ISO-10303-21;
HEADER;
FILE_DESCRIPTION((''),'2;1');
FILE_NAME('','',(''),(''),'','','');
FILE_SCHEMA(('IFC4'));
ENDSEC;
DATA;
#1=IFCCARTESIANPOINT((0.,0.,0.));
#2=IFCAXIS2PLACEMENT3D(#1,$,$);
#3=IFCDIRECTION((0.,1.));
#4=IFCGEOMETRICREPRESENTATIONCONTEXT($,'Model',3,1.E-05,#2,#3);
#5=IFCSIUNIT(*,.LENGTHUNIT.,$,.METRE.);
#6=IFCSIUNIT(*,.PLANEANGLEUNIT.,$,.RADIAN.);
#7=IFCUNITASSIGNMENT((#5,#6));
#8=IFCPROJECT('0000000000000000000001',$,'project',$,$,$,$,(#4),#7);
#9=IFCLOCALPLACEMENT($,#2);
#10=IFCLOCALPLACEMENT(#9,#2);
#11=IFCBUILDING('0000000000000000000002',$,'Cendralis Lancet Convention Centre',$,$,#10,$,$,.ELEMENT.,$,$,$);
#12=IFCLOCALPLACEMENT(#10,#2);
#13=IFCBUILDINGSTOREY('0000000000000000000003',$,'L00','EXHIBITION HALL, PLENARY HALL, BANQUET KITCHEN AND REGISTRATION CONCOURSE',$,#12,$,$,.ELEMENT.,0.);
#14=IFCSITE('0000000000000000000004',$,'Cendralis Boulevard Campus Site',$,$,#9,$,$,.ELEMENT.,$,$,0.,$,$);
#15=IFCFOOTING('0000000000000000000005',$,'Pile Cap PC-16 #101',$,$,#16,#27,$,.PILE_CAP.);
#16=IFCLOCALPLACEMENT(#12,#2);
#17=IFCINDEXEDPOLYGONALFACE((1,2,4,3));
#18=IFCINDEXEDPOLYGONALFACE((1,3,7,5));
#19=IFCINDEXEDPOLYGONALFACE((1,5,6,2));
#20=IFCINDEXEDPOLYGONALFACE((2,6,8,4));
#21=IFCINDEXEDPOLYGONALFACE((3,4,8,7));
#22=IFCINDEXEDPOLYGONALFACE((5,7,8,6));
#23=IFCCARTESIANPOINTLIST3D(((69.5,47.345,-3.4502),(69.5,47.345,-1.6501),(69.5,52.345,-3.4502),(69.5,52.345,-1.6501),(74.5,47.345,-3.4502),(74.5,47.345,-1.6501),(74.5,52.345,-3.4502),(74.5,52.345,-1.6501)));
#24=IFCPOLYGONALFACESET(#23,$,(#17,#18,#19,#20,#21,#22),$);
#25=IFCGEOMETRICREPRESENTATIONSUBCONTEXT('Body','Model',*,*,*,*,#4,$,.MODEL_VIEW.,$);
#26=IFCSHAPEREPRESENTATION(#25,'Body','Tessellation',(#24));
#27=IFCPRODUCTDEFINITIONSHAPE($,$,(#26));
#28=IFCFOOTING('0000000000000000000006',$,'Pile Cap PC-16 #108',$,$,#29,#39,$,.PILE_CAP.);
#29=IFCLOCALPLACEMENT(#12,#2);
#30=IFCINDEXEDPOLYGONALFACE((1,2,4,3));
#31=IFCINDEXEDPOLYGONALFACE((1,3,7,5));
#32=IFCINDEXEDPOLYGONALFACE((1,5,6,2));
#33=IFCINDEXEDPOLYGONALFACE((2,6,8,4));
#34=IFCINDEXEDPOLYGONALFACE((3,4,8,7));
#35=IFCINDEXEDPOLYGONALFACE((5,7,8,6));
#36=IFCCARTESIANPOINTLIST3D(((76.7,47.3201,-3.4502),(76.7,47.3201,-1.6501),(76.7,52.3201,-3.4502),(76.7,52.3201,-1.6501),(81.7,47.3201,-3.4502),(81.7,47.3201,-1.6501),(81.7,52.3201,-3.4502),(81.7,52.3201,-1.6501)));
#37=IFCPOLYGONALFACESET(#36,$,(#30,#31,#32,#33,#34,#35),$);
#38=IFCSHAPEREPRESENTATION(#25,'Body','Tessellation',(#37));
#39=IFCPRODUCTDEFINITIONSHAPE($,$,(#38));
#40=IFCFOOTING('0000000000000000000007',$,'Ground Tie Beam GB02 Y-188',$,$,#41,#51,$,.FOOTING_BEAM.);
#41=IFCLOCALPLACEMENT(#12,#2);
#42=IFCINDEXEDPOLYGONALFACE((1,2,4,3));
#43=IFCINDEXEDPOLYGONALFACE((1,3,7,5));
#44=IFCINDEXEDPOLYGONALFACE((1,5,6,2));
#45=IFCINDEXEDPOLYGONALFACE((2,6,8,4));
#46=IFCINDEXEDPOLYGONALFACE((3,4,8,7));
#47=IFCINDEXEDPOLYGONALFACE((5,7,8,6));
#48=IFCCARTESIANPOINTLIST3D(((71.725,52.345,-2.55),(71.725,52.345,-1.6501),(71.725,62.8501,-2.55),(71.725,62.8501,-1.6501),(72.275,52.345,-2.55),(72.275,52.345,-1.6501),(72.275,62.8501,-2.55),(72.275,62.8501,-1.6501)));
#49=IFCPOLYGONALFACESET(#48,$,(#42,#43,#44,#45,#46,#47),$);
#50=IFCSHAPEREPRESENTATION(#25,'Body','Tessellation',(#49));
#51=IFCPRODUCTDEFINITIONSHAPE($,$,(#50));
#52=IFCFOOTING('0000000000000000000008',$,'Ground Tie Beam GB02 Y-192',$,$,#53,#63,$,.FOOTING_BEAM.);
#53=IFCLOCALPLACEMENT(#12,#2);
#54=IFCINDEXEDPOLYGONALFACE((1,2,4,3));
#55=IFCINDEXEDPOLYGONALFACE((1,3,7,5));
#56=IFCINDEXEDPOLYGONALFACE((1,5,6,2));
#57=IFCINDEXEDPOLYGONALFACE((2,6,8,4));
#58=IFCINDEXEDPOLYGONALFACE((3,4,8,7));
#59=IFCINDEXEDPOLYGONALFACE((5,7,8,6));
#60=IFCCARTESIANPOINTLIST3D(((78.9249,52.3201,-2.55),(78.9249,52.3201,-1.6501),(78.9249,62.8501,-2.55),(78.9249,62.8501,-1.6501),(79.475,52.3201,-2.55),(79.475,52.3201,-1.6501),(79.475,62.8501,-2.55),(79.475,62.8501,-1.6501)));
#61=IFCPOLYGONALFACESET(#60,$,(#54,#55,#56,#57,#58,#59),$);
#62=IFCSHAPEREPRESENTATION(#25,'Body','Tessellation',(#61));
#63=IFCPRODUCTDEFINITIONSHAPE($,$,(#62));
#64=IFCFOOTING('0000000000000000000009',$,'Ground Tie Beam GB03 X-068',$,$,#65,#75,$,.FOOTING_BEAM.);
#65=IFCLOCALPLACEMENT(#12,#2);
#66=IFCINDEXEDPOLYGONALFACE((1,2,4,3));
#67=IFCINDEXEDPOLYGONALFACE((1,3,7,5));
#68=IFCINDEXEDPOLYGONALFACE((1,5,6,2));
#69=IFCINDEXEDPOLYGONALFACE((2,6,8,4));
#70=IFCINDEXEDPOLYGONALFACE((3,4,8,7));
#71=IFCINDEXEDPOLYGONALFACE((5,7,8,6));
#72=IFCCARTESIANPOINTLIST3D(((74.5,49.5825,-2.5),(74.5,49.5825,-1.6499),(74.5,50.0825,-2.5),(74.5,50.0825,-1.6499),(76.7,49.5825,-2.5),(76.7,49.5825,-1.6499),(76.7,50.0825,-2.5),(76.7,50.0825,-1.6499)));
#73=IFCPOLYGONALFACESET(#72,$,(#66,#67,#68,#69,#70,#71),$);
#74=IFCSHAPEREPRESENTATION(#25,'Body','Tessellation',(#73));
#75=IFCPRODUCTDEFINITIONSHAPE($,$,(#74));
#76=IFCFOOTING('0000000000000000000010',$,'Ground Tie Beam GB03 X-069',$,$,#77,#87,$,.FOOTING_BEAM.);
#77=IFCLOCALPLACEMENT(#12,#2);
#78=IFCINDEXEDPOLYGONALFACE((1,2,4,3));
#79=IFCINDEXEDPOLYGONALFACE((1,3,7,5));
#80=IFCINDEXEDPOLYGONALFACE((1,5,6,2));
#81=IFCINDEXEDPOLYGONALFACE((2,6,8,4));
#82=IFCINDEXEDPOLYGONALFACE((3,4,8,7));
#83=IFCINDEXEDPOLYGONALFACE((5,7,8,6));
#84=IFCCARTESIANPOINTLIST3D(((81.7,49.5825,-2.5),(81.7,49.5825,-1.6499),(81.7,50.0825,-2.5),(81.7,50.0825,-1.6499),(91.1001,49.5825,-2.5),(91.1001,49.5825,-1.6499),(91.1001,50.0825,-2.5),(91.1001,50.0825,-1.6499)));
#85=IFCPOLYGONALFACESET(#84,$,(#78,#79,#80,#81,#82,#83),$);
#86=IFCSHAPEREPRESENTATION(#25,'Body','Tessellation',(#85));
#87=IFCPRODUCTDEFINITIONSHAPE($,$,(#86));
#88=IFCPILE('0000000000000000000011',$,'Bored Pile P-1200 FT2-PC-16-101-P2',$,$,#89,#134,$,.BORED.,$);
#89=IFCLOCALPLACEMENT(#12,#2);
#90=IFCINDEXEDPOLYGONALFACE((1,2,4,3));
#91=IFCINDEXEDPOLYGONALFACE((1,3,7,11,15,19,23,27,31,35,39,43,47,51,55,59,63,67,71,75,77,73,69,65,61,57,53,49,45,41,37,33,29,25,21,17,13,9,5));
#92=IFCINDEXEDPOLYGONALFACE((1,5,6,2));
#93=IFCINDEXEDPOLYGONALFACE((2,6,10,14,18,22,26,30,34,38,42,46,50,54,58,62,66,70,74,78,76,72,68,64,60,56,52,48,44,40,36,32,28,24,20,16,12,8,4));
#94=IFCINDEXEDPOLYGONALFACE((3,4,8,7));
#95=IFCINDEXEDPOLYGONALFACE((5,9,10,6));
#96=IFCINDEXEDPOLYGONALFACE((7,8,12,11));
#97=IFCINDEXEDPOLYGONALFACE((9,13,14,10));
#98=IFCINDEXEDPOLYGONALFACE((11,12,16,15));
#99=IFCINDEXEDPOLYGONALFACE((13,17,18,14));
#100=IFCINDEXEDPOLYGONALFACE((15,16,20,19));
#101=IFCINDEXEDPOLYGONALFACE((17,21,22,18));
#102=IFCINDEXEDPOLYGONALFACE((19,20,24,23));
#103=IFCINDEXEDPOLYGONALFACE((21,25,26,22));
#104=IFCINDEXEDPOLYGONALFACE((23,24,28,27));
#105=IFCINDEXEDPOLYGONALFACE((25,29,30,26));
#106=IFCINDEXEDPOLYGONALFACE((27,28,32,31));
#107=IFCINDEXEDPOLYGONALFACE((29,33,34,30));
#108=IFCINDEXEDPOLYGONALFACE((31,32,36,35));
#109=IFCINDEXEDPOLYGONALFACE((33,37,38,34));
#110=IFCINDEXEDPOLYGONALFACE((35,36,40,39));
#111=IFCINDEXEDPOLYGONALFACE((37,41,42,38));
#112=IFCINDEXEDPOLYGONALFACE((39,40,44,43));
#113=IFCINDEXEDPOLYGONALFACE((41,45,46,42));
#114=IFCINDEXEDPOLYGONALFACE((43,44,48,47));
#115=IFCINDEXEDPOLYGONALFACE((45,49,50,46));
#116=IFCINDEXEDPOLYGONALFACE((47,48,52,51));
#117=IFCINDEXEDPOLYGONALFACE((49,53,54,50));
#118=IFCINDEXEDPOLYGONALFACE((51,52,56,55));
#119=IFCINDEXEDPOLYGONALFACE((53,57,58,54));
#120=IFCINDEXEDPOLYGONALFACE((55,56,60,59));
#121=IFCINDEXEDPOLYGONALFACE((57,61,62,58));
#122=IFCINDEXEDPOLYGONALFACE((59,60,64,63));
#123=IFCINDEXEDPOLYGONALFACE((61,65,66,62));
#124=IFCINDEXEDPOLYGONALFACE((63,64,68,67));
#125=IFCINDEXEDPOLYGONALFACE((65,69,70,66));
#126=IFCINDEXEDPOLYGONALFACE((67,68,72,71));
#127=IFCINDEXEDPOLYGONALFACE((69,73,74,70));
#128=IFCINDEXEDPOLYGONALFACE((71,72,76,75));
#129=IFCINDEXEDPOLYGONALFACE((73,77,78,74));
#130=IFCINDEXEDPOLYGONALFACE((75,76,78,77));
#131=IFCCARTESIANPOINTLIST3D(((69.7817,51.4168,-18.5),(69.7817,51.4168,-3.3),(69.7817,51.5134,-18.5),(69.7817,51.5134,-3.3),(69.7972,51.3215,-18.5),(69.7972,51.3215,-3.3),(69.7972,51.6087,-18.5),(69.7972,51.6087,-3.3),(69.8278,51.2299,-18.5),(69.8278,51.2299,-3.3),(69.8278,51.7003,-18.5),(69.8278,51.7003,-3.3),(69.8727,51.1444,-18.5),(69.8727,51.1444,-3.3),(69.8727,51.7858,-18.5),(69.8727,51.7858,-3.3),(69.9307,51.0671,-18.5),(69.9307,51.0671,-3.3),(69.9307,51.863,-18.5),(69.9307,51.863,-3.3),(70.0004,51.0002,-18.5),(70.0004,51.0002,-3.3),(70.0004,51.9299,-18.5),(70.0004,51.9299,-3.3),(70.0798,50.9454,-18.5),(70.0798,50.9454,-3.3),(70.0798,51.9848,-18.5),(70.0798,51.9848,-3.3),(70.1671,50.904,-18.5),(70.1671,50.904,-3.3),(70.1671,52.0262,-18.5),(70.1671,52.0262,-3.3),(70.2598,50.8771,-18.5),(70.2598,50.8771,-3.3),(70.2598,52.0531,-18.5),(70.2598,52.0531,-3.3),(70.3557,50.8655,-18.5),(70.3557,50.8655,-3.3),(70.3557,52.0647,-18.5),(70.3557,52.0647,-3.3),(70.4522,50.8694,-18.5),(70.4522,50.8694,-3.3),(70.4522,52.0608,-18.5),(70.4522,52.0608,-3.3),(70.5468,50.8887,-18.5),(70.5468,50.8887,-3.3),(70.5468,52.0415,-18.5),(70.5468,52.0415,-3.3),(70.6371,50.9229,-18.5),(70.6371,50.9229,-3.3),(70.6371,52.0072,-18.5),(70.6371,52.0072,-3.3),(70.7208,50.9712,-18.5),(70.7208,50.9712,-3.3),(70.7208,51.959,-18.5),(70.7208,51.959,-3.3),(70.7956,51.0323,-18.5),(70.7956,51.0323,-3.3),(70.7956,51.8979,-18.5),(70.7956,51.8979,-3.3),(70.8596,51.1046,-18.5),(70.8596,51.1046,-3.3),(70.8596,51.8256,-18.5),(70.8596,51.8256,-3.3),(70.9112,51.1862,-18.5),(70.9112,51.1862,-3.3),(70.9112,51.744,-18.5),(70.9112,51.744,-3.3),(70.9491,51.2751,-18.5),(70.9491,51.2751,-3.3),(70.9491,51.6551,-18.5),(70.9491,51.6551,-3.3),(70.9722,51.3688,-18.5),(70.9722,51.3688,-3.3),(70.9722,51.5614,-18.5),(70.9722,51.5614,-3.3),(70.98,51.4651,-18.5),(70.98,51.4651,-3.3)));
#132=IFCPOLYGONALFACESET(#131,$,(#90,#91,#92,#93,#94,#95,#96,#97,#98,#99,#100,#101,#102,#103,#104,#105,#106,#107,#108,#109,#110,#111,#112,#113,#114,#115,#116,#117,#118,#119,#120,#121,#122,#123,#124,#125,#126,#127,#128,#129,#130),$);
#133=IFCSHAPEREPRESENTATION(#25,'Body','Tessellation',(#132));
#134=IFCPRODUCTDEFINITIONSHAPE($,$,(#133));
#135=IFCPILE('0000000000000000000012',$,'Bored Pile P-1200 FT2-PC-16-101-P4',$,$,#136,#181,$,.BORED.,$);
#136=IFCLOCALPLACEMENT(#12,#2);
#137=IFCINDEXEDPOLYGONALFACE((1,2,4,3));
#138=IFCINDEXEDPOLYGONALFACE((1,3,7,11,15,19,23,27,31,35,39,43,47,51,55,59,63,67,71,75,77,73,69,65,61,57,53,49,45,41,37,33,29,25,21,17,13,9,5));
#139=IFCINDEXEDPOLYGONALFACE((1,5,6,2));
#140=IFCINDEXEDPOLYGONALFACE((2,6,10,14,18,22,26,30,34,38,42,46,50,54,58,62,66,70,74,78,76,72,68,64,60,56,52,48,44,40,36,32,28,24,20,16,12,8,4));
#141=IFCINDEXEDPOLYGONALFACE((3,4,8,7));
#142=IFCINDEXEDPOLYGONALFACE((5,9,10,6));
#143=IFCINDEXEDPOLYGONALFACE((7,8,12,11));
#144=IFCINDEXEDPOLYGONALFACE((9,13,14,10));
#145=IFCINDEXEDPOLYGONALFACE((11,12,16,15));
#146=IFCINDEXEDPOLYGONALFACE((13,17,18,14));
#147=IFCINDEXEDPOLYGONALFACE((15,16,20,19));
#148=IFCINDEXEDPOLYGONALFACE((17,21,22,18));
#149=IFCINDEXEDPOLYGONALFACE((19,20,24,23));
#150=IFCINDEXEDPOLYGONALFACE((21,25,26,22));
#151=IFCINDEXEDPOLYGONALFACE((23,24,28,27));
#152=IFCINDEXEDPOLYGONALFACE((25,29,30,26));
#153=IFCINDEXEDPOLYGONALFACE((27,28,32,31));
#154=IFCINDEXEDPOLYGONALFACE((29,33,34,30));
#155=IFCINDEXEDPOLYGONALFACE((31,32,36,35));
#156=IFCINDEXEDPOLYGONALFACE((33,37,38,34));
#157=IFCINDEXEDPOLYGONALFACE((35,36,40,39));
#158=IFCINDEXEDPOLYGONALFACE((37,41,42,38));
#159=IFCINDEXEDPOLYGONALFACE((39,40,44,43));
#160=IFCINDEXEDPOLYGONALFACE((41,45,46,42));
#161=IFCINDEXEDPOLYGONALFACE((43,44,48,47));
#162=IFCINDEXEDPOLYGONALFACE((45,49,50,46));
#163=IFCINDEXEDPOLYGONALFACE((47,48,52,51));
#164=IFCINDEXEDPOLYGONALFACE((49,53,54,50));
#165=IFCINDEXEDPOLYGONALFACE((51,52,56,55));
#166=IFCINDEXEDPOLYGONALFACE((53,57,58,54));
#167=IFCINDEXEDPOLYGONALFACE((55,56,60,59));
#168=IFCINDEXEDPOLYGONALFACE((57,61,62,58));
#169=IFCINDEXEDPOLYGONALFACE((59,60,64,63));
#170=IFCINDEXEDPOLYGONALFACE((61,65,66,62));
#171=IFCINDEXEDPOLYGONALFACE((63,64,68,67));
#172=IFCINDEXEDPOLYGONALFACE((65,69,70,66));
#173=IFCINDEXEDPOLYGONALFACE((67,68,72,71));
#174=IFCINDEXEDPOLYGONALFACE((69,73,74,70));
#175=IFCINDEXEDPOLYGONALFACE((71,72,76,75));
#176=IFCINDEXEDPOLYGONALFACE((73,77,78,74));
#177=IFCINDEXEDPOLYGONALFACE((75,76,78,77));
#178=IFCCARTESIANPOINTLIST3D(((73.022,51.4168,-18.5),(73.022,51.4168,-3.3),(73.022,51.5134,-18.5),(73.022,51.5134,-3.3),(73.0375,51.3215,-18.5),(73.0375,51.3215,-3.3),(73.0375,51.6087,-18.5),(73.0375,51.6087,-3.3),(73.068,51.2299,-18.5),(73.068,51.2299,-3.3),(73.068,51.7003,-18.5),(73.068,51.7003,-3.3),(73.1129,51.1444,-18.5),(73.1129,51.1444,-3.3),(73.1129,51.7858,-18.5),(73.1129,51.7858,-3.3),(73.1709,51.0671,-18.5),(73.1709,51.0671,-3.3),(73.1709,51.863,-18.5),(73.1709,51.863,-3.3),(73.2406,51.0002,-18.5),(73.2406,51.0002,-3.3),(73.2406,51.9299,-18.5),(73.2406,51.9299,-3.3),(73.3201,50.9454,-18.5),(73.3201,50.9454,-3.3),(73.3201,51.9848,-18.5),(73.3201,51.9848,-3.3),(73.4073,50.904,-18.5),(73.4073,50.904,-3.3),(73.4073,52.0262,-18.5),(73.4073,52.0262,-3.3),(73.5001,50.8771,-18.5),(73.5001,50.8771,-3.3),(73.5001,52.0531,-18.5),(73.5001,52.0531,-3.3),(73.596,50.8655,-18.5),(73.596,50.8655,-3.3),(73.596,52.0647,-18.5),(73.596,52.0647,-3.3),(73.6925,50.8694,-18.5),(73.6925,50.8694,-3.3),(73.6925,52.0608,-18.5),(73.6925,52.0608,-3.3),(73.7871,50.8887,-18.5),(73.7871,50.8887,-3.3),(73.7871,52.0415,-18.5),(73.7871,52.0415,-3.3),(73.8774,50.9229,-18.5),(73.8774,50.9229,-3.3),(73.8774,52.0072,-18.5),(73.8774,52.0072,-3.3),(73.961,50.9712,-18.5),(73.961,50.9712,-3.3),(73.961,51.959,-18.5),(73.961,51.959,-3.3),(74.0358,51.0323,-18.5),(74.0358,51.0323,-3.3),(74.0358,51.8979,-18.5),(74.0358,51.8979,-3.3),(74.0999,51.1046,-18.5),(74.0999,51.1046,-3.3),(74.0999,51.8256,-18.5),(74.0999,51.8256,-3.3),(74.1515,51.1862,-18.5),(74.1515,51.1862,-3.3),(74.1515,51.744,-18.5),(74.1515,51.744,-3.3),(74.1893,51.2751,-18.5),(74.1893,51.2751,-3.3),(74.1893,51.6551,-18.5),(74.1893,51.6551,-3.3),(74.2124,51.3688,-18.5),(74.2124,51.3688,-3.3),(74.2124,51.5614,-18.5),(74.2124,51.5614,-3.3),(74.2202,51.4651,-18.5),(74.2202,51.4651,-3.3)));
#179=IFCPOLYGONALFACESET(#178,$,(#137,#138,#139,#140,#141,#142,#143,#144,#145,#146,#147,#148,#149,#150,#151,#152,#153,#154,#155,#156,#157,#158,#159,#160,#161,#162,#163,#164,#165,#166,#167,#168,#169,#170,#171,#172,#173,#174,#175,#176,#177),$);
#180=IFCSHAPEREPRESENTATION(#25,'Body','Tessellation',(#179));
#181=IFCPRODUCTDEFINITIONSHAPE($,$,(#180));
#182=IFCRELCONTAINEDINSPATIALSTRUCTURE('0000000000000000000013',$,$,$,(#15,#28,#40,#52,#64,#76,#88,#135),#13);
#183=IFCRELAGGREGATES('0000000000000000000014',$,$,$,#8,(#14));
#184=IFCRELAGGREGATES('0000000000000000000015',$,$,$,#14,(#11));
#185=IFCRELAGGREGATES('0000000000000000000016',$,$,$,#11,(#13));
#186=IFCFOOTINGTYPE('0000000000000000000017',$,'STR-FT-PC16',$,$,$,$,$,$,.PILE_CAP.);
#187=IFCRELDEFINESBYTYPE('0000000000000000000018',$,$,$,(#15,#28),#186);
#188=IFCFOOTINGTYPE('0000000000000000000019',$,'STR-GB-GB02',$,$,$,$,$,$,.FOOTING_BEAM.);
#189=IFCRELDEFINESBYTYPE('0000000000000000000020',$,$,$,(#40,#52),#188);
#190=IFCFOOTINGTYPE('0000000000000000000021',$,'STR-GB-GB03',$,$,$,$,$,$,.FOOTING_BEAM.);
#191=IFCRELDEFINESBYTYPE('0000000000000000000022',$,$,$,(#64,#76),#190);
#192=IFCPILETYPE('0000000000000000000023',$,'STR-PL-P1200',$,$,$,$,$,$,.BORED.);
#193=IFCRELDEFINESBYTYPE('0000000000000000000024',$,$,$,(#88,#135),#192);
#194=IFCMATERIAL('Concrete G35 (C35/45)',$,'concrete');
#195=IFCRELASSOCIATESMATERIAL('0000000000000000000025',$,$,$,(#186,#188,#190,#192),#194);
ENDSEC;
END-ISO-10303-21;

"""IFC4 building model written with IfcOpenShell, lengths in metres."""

from ifc_helpers import new_model, si_unit, direction, frame, origin, origin_2d, place, context, subcontext, project, spatial, rectangle, circle, extrude, material, material_profile, profile_set, type_object, element, save


model = new_model("IFC4")

# Units and contexts
model_context = context("Model", 3, precision=1e-05, world=origin(), true_north=direction((0.0, 1.0)))
body_context = subcontext(model_context, "Body", "Model", "MODEL_VIEW")
ifc_project = project(units=[si_unit("LENGTHUNIT", "METRE"), si_unit("PLANEANGLEUNIT", "RADIAN")], contexts=[model_context])

# Site, building, storey
site_placement = place(None, origin())
site = spatial("IfcSite", under=ifc_project, at=site_placement, Name="Cendralis Boulevard Campus Site", CompositionType="ELEMENT", RefElevation=0.0)
building_placement = place(site_placement, origin())
building = spatial("IfcBuilding", under=site, at=building_placement, Name="Cendralis Lancet Convention Centre", CompositionType="ELEMENT")
storey_placement = place(building_placement, origin())
storey = spatial("IfcBuildingStorey", under=building, at=storey_placement, Name="L00", Description="EXHIBITION HALL, PLENARY HALL, BANQUET KITCHEN AND REGISTRATION CONCOURSE", CompositionType="ELEMENT", Elevation=0.0)

# Footings
ifc_material_1 = material(Name="Concrete G35 (C35/45)", Category="concrete")
footing_type_1 = type_object("IfcFootingType", Name="STR-FT-PC16", PredefinedType="PILE_CAP", material=ifc_material_1)
for number, where, z_axis, x_axis, name in (
    (1, (72.0, 49.845, -3.4502), (0.0, 0.0, 1.0), (1.0, 0.0, 0.0), "Pile Cap PC-16 #101"),
    (2, (79.2, 49.8201, -3.4502), (0.0, 0.0, 1.0), (1.0, 0.0, 0.0), "Pile Cap PC-16 #108"),
):
    element("IfcFooting", number, at=place(storey_placement, frame(where, z_axis=z_axis, x_axis=x_axis)), inside=storey, type_object=footing_type_1, Name=name, PredefinedType="PILE_CAP", context=body_context, shape_type="SweptSolid", body=[
        extrude(rectangle(XDim=5.0, YDim=5.0, at=origin_2d()), origin(), (0.0, 0.0, 1.0), 1.8),
    ])
ifc_material_profile_1 = material_profile(ifc_material_1, rectangle(XDim=0.55, YDim=0.8999, at=origin_2d()), Name="RCB 550x900")
ifc_profile_set_1 = profile_set([ifc_material_profile_1], Name="Concrete G35 (C35/45)")
footing_type_2 = type_object("IfcFootingType", Name="STR-GB-GB02", PredefinedType="FOOTING_BEAM", material=ifc_profile_set_1)
footing_1_placement = place(storey_placement, frame((72.0, 52.345, -2.1001), z_axis=(0.0, 1.0, 0.0), x_axis=(-1.0, 0.0, 0.0)))
element("IfcFooting", 3, at=footing_1_placement, inside=storey, type_object=footing_type_2, Name="Ground Tie Beam GB02 Y-188", PredefinedType="FOOTING_BEAM", context=body_context, shape_type="SweptSolid", body=[
    extrude(rectangle(XDim=0.55, YDim=0.8999, at=origin_2d()), origin(), (0.0, 0.0, 1.0), 10.5051),
])
footing_2_placement = place(storey_placement, frame((79.2, 52.3201, -2.1001), z_axis=(0.0, 1.0, 0.0), x_axis=(-1.0, 0.0, 0.0)))
element("IfcFooting", 4, at=footing_2_placement, inside=storey, type_object=footing_type_2, Name="Ground Tie Beam GB02 Y-192", PredefinedType="FOOTING_BEAM", context=body_context, shape_type="SweptSolid", body=[
    extrude(rectangle(XDim=0.55, YDim=0.8999, at=origin_2d()), origin(), (0.0, 0.0, 1.0), 10.53),
])
ifc_material_profile_2 = material_profile(ifc_material_1, rectangle(XDim=0.5, YDim=0.8501, at=origin_2d()), Name="RCB 500x850")
ifc_profile_set_2 = profile_set([ifc_material_profile_2], Name="Concrete G35 (C35/45)")
footing_type_3 = type_object("IfcFootingType", Name="STR-GB-GB03", PredefinedType="FOOTING_BEAM", material=ifc_profile_set_2)
footing_3_placement = place(storey_placement, frame((74.5, 49.8325, -2.075), z_axis=(1.0, 0.0, 0.0), x_axis=(0.0, 1.0, 0.0)))
element("IfcFooting", 5, at=footing_3_placement, inside=storey, type_object=footing_type_3, Name="Ground Tie Beam GB03 X-068", PredefinedType="FOOTING_BEAM", context=body_context, shape_type="SweptSolid", body=[
    extrude(rectangle(XDim=0.5, YDim=0.8501, at=origin_2d()), origin(), (0.0, 0.0, 1.0), 2.2),
])
footing_4_placement = place(storey_placement, frame((81.7, 49.8325, -2.075), z_axis=(1.0, 0.0, 0.0), x_axis=(0.0, 1.0, 0.0)))
element("IfcFooting", 6, at=footing_4_placement, inside=storey, type_object=footing_type_3, Name="Ground Tie Beam GB03 X-069", PredefinedType="FOOTING_BEAM", context=body_context, shape_type="SweptSolid", body=[
    extrude(rectangle(XDim=0.5, YDim=0.8501, at=origin_2d()), origin(), (0.0, 0.0, 1.0), 9.4001),
])

# Piles
ifc_material_profile_3 = material_profile(ifc_material_1, circle(Radius=0.6001, at=origin_2d()), Name="BORED PILE D1200")
ifc_profile_set_3 = profile_set([ifc_material_profile_3], Name="Concrete G35 (C35/45)")
pile_type = type_object("IfcPileType", Name="STR-PL-P1200", PredefinedType="BORED", material=ifc_profile_set_3)
for number, where, z_axis, x_axis, name in (
    (7, (70.3799, 51.4651, -3.3), (0.0, 0.0, -1.0), (1.0, 0.0, 0.0), "Bored Pile P-1200 FT2-PC-16-101-P2"),
    (8, (73.6201, 51.4651, -3.3), (0.0, 0.0, -1.0), (1.0, 0.0, 0.0), "Bored Pile P-1200 FT2-PC-16-101-P4"),
):
    element("IfcPile", number, at=place(storey_placement, frame(where, z_axis=z_axis, x_axis=x_axis)), inside=storey, type_object=pile_type, Name=name, PredefinedType="BORED", context=body_context, shape_type="SweptSolid", body=[
        extrude(circle(Radius=0.6001, at=origin_2d()), origin(), (0.0, 0.0, 1.0), 15.2),
    ])

save(model, "model.ifc")
